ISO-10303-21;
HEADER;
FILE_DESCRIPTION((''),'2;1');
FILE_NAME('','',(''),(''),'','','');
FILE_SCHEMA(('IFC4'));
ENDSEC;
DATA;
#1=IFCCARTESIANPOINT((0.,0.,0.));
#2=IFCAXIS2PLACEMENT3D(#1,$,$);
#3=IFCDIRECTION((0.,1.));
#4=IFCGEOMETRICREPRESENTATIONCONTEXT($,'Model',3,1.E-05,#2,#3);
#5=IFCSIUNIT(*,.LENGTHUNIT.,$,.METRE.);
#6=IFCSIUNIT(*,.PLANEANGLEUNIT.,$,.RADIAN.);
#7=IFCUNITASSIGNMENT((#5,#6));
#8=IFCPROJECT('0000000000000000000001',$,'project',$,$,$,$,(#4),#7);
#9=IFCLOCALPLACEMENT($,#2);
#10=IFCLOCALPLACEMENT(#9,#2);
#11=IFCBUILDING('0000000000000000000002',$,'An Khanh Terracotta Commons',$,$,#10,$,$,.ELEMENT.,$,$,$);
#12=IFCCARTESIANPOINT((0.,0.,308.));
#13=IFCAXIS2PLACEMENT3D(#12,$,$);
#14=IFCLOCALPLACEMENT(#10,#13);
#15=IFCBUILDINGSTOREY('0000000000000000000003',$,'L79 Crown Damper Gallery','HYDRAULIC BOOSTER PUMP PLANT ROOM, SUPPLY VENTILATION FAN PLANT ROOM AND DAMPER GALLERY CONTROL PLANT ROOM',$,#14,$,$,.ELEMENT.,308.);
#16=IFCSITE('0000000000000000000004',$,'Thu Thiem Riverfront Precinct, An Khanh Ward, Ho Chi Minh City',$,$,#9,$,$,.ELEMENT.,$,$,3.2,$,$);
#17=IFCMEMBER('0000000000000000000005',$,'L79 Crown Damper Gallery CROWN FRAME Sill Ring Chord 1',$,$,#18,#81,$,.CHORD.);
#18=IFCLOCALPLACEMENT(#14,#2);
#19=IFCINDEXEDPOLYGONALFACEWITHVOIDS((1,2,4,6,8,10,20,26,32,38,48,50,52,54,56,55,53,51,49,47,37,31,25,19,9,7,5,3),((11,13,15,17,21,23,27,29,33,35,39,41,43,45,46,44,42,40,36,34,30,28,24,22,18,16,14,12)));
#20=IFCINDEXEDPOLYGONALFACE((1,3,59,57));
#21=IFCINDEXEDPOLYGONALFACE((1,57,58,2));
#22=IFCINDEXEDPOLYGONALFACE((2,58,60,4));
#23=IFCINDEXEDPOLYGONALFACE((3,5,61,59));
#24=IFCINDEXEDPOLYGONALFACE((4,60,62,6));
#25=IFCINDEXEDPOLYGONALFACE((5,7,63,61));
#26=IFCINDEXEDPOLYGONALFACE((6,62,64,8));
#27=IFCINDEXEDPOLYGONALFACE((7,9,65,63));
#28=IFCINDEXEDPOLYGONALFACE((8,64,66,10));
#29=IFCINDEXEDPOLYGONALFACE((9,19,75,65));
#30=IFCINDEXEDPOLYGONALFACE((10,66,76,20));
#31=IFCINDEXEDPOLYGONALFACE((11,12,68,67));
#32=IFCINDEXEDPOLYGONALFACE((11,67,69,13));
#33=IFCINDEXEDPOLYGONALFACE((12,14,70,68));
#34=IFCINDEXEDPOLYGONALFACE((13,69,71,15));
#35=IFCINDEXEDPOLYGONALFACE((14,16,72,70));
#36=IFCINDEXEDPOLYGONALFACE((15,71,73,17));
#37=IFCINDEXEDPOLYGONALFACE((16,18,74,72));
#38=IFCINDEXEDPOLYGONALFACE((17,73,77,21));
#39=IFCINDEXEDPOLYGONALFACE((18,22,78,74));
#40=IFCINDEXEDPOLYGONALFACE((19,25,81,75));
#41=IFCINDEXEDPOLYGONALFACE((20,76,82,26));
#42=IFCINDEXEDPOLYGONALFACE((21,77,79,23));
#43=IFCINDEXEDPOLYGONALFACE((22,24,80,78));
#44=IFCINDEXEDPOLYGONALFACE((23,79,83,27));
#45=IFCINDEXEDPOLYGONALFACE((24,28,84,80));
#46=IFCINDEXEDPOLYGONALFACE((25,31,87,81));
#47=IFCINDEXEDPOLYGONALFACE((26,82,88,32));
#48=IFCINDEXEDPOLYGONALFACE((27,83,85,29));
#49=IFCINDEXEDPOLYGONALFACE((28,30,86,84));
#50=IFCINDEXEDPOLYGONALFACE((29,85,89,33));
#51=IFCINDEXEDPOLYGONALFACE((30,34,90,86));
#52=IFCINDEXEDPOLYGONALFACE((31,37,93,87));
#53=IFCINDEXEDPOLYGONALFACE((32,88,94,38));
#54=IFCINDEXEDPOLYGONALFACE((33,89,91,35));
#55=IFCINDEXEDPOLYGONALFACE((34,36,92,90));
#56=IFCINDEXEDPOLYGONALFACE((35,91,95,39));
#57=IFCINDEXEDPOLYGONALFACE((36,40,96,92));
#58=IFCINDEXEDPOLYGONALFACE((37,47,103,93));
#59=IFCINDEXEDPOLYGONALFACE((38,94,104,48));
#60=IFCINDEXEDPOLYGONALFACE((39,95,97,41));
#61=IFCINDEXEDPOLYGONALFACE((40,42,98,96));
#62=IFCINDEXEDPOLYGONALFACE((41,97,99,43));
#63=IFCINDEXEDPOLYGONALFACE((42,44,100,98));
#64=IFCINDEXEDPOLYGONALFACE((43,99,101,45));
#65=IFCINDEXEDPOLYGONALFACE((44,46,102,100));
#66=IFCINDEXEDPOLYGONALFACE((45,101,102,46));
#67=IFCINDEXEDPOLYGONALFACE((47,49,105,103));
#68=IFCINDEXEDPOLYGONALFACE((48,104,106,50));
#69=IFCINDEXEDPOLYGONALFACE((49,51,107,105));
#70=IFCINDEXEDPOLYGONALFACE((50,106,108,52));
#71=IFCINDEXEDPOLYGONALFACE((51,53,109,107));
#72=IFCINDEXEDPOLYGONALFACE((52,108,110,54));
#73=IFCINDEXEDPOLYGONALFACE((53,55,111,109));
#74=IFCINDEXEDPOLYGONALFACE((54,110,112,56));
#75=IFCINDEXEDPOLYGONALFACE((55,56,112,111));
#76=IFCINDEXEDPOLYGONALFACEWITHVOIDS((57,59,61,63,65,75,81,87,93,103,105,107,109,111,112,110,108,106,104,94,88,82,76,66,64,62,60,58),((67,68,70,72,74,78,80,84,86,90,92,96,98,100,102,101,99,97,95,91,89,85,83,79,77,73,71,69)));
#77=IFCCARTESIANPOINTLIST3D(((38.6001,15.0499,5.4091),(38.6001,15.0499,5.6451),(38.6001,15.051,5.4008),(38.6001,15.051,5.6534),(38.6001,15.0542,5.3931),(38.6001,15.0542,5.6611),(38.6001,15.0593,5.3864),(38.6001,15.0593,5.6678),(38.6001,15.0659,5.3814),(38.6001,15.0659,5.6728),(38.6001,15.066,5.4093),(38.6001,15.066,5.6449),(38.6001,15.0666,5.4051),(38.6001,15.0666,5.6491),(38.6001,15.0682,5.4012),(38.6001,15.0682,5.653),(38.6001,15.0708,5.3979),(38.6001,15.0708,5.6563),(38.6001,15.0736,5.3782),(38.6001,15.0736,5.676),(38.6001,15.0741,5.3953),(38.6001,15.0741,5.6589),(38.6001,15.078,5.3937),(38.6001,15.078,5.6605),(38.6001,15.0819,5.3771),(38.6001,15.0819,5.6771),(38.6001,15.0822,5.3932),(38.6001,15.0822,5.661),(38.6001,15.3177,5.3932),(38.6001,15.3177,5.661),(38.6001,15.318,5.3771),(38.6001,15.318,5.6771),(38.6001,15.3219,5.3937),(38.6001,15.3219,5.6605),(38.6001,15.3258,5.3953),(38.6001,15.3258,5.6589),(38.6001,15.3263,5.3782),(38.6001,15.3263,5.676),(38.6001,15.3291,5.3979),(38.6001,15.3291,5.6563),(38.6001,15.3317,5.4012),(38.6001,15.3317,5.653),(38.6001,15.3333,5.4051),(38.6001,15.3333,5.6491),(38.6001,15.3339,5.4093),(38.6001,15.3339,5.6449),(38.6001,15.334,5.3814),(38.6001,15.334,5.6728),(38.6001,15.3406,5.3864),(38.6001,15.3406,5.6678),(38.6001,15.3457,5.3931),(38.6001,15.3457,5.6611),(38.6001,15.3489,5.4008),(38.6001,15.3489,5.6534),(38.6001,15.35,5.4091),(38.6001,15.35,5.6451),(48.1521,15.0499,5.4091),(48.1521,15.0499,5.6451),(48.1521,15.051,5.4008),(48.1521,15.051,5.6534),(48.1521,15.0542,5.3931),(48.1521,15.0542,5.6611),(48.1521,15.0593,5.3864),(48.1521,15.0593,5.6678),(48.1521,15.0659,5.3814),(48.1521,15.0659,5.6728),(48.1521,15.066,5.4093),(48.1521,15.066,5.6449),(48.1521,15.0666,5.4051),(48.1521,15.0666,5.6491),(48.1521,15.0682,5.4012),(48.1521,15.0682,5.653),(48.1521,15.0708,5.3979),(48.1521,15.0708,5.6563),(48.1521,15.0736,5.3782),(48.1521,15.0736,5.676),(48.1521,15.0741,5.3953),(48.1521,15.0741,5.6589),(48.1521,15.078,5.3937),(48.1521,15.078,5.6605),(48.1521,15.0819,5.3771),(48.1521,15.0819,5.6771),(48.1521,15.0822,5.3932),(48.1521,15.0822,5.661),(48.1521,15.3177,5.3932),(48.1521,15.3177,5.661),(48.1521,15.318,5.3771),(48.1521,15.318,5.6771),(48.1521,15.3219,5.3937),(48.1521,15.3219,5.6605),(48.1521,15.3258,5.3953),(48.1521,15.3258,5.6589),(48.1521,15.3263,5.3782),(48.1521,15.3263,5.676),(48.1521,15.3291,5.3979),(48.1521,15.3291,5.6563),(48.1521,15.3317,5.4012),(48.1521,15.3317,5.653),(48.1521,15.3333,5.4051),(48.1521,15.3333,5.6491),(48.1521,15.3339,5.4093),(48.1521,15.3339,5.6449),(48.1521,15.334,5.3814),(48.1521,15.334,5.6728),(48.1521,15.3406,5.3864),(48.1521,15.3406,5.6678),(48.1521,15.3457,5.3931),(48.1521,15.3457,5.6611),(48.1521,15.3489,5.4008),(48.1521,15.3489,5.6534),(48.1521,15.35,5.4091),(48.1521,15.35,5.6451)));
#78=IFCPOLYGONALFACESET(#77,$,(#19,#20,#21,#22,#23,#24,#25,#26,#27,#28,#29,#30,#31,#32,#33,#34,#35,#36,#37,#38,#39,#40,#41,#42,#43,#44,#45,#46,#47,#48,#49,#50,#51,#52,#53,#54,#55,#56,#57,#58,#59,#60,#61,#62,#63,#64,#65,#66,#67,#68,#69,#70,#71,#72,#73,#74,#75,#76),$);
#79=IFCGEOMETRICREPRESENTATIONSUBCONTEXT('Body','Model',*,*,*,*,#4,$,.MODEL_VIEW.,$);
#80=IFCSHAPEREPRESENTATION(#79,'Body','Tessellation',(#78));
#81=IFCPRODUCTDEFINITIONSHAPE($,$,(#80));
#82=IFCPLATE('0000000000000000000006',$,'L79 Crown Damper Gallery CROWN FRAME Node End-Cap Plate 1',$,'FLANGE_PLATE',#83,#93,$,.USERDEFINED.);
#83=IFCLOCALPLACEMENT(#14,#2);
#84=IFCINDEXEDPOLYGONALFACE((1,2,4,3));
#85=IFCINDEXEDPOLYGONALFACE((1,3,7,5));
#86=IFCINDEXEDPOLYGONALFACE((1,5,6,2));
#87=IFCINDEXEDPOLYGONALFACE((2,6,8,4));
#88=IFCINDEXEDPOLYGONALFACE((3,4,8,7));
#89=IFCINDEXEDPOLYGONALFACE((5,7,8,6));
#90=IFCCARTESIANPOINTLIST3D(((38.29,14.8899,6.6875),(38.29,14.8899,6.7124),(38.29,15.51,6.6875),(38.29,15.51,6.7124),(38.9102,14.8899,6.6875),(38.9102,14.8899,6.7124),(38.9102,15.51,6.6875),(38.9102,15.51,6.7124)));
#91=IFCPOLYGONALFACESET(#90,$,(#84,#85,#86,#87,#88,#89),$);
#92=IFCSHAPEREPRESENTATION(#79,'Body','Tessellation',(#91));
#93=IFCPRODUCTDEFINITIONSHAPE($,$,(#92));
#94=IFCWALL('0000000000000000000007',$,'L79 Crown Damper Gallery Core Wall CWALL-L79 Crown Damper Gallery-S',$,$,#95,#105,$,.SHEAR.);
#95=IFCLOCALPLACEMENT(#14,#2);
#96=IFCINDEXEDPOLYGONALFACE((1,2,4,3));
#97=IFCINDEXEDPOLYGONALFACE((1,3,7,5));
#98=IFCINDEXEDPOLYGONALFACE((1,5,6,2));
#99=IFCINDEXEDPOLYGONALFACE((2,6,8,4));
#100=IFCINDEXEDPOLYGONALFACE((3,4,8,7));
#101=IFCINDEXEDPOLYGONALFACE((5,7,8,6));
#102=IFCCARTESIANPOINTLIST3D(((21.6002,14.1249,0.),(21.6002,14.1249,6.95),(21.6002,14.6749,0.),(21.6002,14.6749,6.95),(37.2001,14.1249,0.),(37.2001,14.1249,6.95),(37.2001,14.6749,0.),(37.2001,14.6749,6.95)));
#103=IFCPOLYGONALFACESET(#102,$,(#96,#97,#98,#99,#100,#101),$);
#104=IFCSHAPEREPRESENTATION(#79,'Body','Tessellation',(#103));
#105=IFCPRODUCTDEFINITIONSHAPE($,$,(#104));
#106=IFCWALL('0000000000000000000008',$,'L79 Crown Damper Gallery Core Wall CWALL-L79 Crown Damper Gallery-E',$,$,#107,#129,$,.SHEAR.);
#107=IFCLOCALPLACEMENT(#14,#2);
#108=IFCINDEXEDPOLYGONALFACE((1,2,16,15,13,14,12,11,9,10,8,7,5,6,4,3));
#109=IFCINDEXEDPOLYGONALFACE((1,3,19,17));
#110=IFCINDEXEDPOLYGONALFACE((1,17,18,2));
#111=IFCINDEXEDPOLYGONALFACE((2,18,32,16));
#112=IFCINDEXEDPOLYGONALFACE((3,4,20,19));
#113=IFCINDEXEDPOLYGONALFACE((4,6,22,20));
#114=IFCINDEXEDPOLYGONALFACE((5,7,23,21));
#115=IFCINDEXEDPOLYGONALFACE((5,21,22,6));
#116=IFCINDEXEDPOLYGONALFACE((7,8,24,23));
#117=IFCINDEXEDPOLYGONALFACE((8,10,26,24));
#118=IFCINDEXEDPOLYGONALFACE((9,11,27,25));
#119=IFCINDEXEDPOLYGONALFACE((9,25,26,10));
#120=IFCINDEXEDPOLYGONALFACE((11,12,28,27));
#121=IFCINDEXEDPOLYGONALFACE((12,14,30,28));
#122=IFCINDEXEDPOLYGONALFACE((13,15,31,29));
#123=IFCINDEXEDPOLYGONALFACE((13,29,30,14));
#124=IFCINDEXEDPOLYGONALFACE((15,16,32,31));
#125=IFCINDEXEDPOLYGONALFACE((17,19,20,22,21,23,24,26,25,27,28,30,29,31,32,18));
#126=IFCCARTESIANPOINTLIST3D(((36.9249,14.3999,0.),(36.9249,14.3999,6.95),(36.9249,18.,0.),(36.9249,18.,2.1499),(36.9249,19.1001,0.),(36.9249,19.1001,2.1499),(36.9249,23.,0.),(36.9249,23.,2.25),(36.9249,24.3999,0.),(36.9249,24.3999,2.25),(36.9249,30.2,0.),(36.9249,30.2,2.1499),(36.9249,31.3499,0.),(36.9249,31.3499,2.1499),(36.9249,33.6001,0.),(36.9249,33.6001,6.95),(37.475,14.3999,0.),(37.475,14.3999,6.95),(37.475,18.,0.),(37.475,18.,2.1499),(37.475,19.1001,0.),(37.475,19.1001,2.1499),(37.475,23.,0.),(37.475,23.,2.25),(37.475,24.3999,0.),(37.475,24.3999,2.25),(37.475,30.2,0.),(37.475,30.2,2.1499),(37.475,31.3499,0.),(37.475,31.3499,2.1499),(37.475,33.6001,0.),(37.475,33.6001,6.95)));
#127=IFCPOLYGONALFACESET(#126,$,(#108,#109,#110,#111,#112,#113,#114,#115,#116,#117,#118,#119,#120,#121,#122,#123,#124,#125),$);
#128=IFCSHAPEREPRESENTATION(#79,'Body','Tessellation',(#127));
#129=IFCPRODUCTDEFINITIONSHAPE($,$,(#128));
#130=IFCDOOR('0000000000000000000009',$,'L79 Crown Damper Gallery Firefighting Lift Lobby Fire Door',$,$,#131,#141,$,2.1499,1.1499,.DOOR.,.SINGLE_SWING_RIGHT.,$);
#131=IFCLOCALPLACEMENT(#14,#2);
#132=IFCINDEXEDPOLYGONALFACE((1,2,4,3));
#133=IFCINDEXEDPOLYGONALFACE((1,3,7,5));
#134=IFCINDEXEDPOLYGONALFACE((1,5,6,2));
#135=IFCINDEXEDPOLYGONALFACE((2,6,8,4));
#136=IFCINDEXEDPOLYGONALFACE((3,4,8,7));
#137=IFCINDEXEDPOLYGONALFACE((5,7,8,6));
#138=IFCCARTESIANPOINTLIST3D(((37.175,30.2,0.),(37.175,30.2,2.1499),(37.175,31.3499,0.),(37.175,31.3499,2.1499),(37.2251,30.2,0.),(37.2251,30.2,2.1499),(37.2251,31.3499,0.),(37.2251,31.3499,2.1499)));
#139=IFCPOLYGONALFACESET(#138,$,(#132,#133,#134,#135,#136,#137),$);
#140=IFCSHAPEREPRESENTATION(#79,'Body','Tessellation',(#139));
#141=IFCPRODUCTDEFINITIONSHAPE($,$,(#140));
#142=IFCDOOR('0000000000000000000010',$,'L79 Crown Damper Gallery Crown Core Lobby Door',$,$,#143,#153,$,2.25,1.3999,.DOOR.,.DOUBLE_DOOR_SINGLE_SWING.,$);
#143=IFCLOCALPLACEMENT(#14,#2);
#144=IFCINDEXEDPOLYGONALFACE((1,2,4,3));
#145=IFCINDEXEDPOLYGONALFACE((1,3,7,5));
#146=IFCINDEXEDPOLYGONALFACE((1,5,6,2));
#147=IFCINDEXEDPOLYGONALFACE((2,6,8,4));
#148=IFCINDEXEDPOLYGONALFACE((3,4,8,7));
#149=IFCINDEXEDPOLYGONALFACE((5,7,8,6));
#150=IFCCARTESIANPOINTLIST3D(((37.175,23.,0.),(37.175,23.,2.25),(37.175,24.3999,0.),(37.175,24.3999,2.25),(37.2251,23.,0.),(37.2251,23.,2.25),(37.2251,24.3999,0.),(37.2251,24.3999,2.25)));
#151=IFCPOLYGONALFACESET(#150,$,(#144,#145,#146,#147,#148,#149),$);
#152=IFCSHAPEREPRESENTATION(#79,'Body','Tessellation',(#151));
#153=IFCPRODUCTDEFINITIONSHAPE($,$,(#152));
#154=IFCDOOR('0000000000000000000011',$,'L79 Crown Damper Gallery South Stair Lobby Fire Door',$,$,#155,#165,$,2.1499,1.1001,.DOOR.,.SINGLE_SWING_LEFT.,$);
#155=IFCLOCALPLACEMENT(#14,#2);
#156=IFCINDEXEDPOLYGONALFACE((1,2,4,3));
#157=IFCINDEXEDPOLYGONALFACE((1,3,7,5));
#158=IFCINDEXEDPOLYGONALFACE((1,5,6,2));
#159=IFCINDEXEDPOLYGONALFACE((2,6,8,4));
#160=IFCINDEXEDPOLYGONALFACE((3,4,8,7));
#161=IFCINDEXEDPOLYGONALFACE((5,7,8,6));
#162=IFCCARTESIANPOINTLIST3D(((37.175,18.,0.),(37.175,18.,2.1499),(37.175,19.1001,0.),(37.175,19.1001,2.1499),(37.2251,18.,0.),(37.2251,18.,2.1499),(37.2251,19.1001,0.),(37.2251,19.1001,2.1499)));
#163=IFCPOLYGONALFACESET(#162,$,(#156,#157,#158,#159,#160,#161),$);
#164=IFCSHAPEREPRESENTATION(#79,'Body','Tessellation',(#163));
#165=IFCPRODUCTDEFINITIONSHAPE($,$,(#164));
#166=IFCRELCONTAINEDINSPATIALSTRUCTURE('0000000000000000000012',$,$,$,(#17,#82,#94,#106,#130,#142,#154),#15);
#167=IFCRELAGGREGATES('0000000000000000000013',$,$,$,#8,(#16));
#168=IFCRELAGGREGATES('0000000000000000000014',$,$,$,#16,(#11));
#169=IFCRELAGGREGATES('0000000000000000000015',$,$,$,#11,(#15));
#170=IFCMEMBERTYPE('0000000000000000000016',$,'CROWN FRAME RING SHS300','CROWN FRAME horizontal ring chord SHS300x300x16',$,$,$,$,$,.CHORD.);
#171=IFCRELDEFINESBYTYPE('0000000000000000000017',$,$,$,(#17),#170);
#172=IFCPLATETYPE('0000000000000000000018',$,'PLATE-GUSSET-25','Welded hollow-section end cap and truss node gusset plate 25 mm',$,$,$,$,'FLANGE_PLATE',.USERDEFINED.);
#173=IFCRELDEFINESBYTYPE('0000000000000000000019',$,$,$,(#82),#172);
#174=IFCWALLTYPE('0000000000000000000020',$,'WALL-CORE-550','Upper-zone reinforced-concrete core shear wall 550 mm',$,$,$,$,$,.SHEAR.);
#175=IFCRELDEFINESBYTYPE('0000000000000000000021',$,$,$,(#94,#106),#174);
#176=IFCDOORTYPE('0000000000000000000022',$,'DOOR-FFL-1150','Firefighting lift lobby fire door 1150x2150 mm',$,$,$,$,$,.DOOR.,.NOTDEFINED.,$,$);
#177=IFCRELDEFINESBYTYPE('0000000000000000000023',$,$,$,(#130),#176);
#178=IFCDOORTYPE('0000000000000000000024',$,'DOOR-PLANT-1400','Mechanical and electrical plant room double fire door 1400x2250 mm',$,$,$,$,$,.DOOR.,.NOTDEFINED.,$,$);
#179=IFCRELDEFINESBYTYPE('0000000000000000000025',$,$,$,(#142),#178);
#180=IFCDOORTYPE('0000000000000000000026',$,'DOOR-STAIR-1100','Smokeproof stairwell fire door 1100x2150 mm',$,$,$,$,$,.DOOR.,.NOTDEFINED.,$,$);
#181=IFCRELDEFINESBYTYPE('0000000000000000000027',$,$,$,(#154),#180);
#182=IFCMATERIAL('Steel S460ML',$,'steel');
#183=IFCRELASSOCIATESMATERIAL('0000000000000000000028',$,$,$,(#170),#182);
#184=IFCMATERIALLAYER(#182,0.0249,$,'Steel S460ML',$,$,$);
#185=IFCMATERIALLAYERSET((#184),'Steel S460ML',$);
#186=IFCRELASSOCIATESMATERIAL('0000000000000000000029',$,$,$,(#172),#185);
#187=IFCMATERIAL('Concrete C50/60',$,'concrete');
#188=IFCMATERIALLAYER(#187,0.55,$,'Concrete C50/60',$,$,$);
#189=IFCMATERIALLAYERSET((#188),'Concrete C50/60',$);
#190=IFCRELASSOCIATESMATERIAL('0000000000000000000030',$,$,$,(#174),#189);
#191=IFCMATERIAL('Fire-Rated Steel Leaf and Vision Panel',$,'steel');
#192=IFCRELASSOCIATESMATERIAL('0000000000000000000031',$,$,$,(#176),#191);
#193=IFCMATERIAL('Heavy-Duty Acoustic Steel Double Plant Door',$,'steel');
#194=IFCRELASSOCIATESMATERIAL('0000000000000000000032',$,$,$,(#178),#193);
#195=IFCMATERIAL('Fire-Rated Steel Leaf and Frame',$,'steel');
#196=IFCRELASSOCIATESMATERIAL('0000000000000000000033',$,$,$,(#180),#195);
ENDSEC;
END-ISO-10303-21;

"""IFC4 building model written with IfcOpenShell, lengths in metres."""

from ifc_helpers import new_model, si_unit, direction, frame, frame_2d, origin, origin_2d, place, context, subcontext, project, spatial, rectangle, hollow_rectangle, extrude, material, layer, layer_set, material_profile, profile_set, type_object, element, fill, save


model = new_model("IFC4")

# Units and contexts
model_context = context("Model", 3, precision=1e-05, world=origin(), true_north=direction((0.0, 1.0)))
body_context = subcontext(model_context, "Body", "Model", "MODEL_VIEW")
ifc_project = project(units=[si_unit("LENGTHUNIT", "METRE"), si_unit("PLANEANGLEUNIT", "RADIAN")], contexts=[model_context])

# Site, building, storey
site_placement = place(None, origin())
site = spatial("IfcSite", under=ifc_project, at=site_placement, Name="Thu Thiem Riverfront Precinct, An Khanh Ward, Ho Chi Minh City", CompositionType="ELEMENT", RefElevation=3.2)
building_placement = place(site_placement, origin())
building = spatial("IfcBuilding", under=site, at=building_placement, Name="An Khanh Terracotta Commons", CompositionType="ELEMENT")
storey_placement = place(building_placement, frame((0.0, 0.0, 308.0)))
storey = spatial("IfcBuildingStorey", under=building, at=storey_placement, Name="L79 Crown Damper Gallery", Description="HYDRAULIC BOOSTER PUMP PLANT ROOM, SUPPLY VENTILATION FAN PLANT ROOM AND DAMPER GALLERY CONTROL PLANT ROOM", CompositionType="ELEMENT", Elevation=308.0)

# Shared definitions
ifc_material_1 = material(Name="Concrete C50/60", Category="concrete")

# Member
ifc_material_2 = material(Name="Steel S460ML", Category="steel")
ifc_material_profile_1 = material_profile(ifc_material_2, hollow_rectangle(XDim=0.3, YDim=0.3, WallThickness=0.0161, InnerFilletRadius=0.0161, OuterFilletRadius=0.032, at=origin_2d()), Name="SHS300x300x16")
ifc_profile_set_1 = profile_set([ifc_material_profile_1], Name="Steel S460ML")
member_type_1 = type_object("IfcMemberType", Name="CROWN FRAME RING SHS300", Description="CROWN FRAME horizontal ring chord SHS300x300x16", PredefinedType="CHORD", material=ifc_profile_set_1)
member_1_placement = place(storey_placement, frame((38.6001, 15.2, 5.5271), z_axis=(1.0, 0.0, 0.0), x_axis=(0.0, 1.0, 0.0)))
element("IfcMember", 1, at=member_1_placement, inside=storey, type_object=member_type_1, Name="L79 Crown Damper Gallery CROWN FRAME Sill Ring Chord 1", PredefinedType="CHORD", context=body_context, shape_type="SweptSolid", body=[
    extrude(hollow_rectangle(XDim=0.3, YDim=0.3, WallThickness=0.0161, InnerFilletRadius=0.0161, OuterFilletRadius=0.032, at=origin_2d()), origin(), (0.0, 0.0, 1.0), 9.552),
])

# Plate
ifc_layer_1 = layer(ifc_material_2, 0.0249, Name="Steel S460ML")
ifc_layer_set_1 = layer_set([ifc_layer_1], Name="Steel S460ML")
plate_type = type_object("IfcPlateType", Name="PLATE-GUSSET-25", Description="Welded hollow-section end cap and truss node gusset plate 25 mm", ElementType="FLANGE_PLATE", PredefinedType="USERDEFINED", material=ifc_layer_set_1)
plate_placement = place(storey_placement, frame((38.6001, 15.2, 6.6875), z_axis=(0.0, 0.0, 1.0), x_axis=(1.0, 0.0, 0.0)))
element("IfcPlate", 2, at=plate_placement, inside=storey, type_object=plate_type, Name="L79 Crown Damper Gallery CROWN FRAME Node End-Cap Plate 1", ObjectType="FLANGE_PLATE", PredefinedType="USERDEFINED", context=body_context, shape_type="SweptSolid", body=[
    extrude(rectangle(XDim=0.6201, YDim=0.6201, at=origin_2d()), origin(), (0.0, 0.0, 1.0), 0.0249),
])

# Wall
ifc_layer_2 = layer(ifc_material_1, 0.55, Name="Concrete C50/60")
ifc_layer_set_2 = layer_set([ifc_layer_2], Name="Concrete C50/60")
wall_type_1 = type_object("IfcWallType", Name="WALL-CORE-550", Description="Upper-zone reinforced-concrete core shear wall 550 mm", PredefinedType="SHEAR", material=ifc_layer_set_2)
wall_1_placement = place(storey_placement, frame((37.2, 14.3999, 0.0), z_axis=(0.0, 0.0, 1.0), x_axis=(-1.0, 0.0, 0.0)))
element("IfcWall", 3, at=wall_1_placement, inside=storey, type_object=wall_type_1, Name="L79 Crown Damper Gallery Core Wall CWALL-L79 Crown Damper Gallery-S", PredefinedType="SHEAR", context=body_context, shape_type="SweptSolid", body=[
    extrude(rectangle(XDim=15.5999, YDim=0.55, at=frame_2d((7.7998, 0.0))), origin(), (0.0, 0.0, 1.0), 6.95),
])

# Wall, openings, doors
wall_2_placement = place(storey_placement, frame((37.2, 14.3999, 0.0), z_axis=(0.0, 0.0, 1.0), x_axis=(0.0, 1.0, 0.0)))
wall_2 = element("IfcWall", 4, at=wall_2_placement, inside=storey, type_object=wall_type_1, Name="L79 Crown Damper Gallery Core Wall CWALL-L79 Crown Damper Gallery-E", PredefinedType="SHEAR", context=body_context, shape_type="SweptSolid", body=[
    extrude(rectangle(XDim=19.2002, YDim=0.55, at=frame_2d((9.6001, 0.0))), origin(), (0.0, 0.0, 1.0), 6.95),
])
opening_1_placement = place(wall_2_placement, frame((15.8, 0.0, 0.0)))
opening_1 = element("IfcOpeningElement", 5, at=opening_1_placement, cuts=wall_2, PredefinedType="OPENING", context=body_context, shape_type="SweptSolid", body=[
    extrude(rectangle(XDim=1.1499, YDim=2.1499, at=frame_2d((0.575, 1.075))), frame((0.0, 0.2849, 0.0), z_axis=(0.0, -1.0, 0.0), x_axis=(1.0, 0.0, 0.0)), (0.0, 0.0, 1.0), 0.5701),
])
opening_2_placement = place(wall_2_placement, frame((3.6001, 0.0, 0.0)))
opening_2 = element("IfcOpeningElement", 6, at=opening_2_placement, cuts=wall_2, PredefinedType="OPENING", context=body_context, shape_type="SweptSolid", body=[
    extrude(rectangle(XDim=1.1001, YDim=2.1499, at=frame_2d((0.55, 1.075))), frame((0.0, 0.2849, 0.0), z_axis=(0.0, -1.0, 0.0), x_axis=(1.0, 0.0, 0.0)), (0.0, 0.0, 1.0), 0.5701),
])
opening_3_placement = place(wall_2_placement, frame((8.6001, 0.0, 0.0)))
opening_3 = element("IfcOpeningElement", 7, at=opening_3_placement, cuts=wall_2, PredefinedType="OPENING", context=body_context, shape_type="SweptSolid", body=[
    extrude(rectangle(XDim=1.3999, YDim=2.25, at=frame_2d((0.7, 1.125))), frame((0.0, 0.2849, 0.0), z_axis=(0.0, -1.0, 0.0), x_axis=(1.0, 0.0, 0.0)), (0.0, 0.0, 1.0), 0.5701),
])
ifc_material_3 = material(Name="Fire-Rated Steel Leaf and Vision Panel", Category="steel")
door_type_1 = type_object("IfcDoorType", Name="DOOR-FFL-1150", Description="Firefighting lift lobby fire door 1150x2150 mm", OperationType="NOTDEFINED", PredefinedType="DOOR", material=ifc_material_3)
door_1_placement = place(opening_1_placement, origin())
door_1 = element("IfcDoor", 8, at=door_1_placement, inside=storey, type_object=door_type_1, Name="L79 Crown Damper Gallery Firefighting Lift Lobby Fire Door", OperationType="SINGLE_SWING_RIGHT", OverallHeight=2.1499, OverallWidth=1.1499, PredefinedType="DOOR", context=body_context, shape_type="SweptSolid", body=[
    extrude(rectangle(XDim=1.1499, YDim=2.1499, at=frame_2d((0.575, 1.075))), frame((0.0, 0.0249, 0.0), z_axis=(0.0, -1.0, 0.0), x_axis=(1.0, 0.0, 0.0)), (0.0, 0.0, 1.0), 0.05),
])
fill(opening_1, door_1)
ifc_material_4 = material(Name="Heavy-Duty Acoustic Steel Double Plant Door", Category="steel")
door_type_2 = type_object("IfcDoorType", Name="DOOR-PLANT-1400", Description="Mechanical and electrical plant room double fire door 1400x2250 mm", OperationType="NOTDEFINED", PredefinedType="DOOR", material=ifc_material_4)
door_2_placement = place(opening_3_placement, origin())
door_2 = element("IfcDoor", 9, at=door_2_placement, inside=storey, type_object=door_type_2, Name="L79 Crown Damper Gallery Crown Core Lobby Door", OperationType="DOUBLE_DOOR_SINGLE_SWING", OverallHeight=2.25, OverallWidth=1.3999, PredefinedType="DOOR", context=body_context, shape_type="SweptSolid", body=[
    extrude(rectangle(XDim=1.3999, YDim=2.25, at=frame_2d((0.7, 1.125))), frame((0.0, 0.0249, 0.0), z_axis=(0.0, -1.0, 0.0), x_axis=(1.0, 0.0, 0.0)), (0.0, 0.0, 1.0), 0.05),
])
fill(opening_3, door_2)
ifc_material_5 = material(Name="Fire-Rated Steel Leaf and Frame", Category="steel")
door_type_3 = type_object("IfcDoorType", Name="DOOR-STAIR-1100", Description="Smokeproof stairwell fire door 1100x2150 mm", OperationType="NOTDEFINED", PredefinedType="DOOR", material=ifc_material_5)
door_3_placement = place(opening_2_placement, origin())
door_3 = element("IfcDoor", 10, at=door_3_placement, inside=storey, type_object=door_type_3, Name="L79 Crown Damper Gallery South Stair Lobby Fire Door", OperationType="SINGLE_SWING_LEFT", OverallHeight=2.1499, OverallWidth=1.1001, PredefinedType="DOOR", context=body_context, shape_type="SweptSolid", body=[
    extrude(rectangle(XDim=1.1001, YDim=2.1499, at=frame_2d((0.55, 1.075))), frame((0.0, 0.0249, 0.0), z_axis=(0.0, -1.0, 0.0), x_axis=(1.0, 0.0, 0.0)), (0.0, 0.0, 1.0), 0.05),
])
fill(opening_2, door_3)

save(model, "model.ifc")
